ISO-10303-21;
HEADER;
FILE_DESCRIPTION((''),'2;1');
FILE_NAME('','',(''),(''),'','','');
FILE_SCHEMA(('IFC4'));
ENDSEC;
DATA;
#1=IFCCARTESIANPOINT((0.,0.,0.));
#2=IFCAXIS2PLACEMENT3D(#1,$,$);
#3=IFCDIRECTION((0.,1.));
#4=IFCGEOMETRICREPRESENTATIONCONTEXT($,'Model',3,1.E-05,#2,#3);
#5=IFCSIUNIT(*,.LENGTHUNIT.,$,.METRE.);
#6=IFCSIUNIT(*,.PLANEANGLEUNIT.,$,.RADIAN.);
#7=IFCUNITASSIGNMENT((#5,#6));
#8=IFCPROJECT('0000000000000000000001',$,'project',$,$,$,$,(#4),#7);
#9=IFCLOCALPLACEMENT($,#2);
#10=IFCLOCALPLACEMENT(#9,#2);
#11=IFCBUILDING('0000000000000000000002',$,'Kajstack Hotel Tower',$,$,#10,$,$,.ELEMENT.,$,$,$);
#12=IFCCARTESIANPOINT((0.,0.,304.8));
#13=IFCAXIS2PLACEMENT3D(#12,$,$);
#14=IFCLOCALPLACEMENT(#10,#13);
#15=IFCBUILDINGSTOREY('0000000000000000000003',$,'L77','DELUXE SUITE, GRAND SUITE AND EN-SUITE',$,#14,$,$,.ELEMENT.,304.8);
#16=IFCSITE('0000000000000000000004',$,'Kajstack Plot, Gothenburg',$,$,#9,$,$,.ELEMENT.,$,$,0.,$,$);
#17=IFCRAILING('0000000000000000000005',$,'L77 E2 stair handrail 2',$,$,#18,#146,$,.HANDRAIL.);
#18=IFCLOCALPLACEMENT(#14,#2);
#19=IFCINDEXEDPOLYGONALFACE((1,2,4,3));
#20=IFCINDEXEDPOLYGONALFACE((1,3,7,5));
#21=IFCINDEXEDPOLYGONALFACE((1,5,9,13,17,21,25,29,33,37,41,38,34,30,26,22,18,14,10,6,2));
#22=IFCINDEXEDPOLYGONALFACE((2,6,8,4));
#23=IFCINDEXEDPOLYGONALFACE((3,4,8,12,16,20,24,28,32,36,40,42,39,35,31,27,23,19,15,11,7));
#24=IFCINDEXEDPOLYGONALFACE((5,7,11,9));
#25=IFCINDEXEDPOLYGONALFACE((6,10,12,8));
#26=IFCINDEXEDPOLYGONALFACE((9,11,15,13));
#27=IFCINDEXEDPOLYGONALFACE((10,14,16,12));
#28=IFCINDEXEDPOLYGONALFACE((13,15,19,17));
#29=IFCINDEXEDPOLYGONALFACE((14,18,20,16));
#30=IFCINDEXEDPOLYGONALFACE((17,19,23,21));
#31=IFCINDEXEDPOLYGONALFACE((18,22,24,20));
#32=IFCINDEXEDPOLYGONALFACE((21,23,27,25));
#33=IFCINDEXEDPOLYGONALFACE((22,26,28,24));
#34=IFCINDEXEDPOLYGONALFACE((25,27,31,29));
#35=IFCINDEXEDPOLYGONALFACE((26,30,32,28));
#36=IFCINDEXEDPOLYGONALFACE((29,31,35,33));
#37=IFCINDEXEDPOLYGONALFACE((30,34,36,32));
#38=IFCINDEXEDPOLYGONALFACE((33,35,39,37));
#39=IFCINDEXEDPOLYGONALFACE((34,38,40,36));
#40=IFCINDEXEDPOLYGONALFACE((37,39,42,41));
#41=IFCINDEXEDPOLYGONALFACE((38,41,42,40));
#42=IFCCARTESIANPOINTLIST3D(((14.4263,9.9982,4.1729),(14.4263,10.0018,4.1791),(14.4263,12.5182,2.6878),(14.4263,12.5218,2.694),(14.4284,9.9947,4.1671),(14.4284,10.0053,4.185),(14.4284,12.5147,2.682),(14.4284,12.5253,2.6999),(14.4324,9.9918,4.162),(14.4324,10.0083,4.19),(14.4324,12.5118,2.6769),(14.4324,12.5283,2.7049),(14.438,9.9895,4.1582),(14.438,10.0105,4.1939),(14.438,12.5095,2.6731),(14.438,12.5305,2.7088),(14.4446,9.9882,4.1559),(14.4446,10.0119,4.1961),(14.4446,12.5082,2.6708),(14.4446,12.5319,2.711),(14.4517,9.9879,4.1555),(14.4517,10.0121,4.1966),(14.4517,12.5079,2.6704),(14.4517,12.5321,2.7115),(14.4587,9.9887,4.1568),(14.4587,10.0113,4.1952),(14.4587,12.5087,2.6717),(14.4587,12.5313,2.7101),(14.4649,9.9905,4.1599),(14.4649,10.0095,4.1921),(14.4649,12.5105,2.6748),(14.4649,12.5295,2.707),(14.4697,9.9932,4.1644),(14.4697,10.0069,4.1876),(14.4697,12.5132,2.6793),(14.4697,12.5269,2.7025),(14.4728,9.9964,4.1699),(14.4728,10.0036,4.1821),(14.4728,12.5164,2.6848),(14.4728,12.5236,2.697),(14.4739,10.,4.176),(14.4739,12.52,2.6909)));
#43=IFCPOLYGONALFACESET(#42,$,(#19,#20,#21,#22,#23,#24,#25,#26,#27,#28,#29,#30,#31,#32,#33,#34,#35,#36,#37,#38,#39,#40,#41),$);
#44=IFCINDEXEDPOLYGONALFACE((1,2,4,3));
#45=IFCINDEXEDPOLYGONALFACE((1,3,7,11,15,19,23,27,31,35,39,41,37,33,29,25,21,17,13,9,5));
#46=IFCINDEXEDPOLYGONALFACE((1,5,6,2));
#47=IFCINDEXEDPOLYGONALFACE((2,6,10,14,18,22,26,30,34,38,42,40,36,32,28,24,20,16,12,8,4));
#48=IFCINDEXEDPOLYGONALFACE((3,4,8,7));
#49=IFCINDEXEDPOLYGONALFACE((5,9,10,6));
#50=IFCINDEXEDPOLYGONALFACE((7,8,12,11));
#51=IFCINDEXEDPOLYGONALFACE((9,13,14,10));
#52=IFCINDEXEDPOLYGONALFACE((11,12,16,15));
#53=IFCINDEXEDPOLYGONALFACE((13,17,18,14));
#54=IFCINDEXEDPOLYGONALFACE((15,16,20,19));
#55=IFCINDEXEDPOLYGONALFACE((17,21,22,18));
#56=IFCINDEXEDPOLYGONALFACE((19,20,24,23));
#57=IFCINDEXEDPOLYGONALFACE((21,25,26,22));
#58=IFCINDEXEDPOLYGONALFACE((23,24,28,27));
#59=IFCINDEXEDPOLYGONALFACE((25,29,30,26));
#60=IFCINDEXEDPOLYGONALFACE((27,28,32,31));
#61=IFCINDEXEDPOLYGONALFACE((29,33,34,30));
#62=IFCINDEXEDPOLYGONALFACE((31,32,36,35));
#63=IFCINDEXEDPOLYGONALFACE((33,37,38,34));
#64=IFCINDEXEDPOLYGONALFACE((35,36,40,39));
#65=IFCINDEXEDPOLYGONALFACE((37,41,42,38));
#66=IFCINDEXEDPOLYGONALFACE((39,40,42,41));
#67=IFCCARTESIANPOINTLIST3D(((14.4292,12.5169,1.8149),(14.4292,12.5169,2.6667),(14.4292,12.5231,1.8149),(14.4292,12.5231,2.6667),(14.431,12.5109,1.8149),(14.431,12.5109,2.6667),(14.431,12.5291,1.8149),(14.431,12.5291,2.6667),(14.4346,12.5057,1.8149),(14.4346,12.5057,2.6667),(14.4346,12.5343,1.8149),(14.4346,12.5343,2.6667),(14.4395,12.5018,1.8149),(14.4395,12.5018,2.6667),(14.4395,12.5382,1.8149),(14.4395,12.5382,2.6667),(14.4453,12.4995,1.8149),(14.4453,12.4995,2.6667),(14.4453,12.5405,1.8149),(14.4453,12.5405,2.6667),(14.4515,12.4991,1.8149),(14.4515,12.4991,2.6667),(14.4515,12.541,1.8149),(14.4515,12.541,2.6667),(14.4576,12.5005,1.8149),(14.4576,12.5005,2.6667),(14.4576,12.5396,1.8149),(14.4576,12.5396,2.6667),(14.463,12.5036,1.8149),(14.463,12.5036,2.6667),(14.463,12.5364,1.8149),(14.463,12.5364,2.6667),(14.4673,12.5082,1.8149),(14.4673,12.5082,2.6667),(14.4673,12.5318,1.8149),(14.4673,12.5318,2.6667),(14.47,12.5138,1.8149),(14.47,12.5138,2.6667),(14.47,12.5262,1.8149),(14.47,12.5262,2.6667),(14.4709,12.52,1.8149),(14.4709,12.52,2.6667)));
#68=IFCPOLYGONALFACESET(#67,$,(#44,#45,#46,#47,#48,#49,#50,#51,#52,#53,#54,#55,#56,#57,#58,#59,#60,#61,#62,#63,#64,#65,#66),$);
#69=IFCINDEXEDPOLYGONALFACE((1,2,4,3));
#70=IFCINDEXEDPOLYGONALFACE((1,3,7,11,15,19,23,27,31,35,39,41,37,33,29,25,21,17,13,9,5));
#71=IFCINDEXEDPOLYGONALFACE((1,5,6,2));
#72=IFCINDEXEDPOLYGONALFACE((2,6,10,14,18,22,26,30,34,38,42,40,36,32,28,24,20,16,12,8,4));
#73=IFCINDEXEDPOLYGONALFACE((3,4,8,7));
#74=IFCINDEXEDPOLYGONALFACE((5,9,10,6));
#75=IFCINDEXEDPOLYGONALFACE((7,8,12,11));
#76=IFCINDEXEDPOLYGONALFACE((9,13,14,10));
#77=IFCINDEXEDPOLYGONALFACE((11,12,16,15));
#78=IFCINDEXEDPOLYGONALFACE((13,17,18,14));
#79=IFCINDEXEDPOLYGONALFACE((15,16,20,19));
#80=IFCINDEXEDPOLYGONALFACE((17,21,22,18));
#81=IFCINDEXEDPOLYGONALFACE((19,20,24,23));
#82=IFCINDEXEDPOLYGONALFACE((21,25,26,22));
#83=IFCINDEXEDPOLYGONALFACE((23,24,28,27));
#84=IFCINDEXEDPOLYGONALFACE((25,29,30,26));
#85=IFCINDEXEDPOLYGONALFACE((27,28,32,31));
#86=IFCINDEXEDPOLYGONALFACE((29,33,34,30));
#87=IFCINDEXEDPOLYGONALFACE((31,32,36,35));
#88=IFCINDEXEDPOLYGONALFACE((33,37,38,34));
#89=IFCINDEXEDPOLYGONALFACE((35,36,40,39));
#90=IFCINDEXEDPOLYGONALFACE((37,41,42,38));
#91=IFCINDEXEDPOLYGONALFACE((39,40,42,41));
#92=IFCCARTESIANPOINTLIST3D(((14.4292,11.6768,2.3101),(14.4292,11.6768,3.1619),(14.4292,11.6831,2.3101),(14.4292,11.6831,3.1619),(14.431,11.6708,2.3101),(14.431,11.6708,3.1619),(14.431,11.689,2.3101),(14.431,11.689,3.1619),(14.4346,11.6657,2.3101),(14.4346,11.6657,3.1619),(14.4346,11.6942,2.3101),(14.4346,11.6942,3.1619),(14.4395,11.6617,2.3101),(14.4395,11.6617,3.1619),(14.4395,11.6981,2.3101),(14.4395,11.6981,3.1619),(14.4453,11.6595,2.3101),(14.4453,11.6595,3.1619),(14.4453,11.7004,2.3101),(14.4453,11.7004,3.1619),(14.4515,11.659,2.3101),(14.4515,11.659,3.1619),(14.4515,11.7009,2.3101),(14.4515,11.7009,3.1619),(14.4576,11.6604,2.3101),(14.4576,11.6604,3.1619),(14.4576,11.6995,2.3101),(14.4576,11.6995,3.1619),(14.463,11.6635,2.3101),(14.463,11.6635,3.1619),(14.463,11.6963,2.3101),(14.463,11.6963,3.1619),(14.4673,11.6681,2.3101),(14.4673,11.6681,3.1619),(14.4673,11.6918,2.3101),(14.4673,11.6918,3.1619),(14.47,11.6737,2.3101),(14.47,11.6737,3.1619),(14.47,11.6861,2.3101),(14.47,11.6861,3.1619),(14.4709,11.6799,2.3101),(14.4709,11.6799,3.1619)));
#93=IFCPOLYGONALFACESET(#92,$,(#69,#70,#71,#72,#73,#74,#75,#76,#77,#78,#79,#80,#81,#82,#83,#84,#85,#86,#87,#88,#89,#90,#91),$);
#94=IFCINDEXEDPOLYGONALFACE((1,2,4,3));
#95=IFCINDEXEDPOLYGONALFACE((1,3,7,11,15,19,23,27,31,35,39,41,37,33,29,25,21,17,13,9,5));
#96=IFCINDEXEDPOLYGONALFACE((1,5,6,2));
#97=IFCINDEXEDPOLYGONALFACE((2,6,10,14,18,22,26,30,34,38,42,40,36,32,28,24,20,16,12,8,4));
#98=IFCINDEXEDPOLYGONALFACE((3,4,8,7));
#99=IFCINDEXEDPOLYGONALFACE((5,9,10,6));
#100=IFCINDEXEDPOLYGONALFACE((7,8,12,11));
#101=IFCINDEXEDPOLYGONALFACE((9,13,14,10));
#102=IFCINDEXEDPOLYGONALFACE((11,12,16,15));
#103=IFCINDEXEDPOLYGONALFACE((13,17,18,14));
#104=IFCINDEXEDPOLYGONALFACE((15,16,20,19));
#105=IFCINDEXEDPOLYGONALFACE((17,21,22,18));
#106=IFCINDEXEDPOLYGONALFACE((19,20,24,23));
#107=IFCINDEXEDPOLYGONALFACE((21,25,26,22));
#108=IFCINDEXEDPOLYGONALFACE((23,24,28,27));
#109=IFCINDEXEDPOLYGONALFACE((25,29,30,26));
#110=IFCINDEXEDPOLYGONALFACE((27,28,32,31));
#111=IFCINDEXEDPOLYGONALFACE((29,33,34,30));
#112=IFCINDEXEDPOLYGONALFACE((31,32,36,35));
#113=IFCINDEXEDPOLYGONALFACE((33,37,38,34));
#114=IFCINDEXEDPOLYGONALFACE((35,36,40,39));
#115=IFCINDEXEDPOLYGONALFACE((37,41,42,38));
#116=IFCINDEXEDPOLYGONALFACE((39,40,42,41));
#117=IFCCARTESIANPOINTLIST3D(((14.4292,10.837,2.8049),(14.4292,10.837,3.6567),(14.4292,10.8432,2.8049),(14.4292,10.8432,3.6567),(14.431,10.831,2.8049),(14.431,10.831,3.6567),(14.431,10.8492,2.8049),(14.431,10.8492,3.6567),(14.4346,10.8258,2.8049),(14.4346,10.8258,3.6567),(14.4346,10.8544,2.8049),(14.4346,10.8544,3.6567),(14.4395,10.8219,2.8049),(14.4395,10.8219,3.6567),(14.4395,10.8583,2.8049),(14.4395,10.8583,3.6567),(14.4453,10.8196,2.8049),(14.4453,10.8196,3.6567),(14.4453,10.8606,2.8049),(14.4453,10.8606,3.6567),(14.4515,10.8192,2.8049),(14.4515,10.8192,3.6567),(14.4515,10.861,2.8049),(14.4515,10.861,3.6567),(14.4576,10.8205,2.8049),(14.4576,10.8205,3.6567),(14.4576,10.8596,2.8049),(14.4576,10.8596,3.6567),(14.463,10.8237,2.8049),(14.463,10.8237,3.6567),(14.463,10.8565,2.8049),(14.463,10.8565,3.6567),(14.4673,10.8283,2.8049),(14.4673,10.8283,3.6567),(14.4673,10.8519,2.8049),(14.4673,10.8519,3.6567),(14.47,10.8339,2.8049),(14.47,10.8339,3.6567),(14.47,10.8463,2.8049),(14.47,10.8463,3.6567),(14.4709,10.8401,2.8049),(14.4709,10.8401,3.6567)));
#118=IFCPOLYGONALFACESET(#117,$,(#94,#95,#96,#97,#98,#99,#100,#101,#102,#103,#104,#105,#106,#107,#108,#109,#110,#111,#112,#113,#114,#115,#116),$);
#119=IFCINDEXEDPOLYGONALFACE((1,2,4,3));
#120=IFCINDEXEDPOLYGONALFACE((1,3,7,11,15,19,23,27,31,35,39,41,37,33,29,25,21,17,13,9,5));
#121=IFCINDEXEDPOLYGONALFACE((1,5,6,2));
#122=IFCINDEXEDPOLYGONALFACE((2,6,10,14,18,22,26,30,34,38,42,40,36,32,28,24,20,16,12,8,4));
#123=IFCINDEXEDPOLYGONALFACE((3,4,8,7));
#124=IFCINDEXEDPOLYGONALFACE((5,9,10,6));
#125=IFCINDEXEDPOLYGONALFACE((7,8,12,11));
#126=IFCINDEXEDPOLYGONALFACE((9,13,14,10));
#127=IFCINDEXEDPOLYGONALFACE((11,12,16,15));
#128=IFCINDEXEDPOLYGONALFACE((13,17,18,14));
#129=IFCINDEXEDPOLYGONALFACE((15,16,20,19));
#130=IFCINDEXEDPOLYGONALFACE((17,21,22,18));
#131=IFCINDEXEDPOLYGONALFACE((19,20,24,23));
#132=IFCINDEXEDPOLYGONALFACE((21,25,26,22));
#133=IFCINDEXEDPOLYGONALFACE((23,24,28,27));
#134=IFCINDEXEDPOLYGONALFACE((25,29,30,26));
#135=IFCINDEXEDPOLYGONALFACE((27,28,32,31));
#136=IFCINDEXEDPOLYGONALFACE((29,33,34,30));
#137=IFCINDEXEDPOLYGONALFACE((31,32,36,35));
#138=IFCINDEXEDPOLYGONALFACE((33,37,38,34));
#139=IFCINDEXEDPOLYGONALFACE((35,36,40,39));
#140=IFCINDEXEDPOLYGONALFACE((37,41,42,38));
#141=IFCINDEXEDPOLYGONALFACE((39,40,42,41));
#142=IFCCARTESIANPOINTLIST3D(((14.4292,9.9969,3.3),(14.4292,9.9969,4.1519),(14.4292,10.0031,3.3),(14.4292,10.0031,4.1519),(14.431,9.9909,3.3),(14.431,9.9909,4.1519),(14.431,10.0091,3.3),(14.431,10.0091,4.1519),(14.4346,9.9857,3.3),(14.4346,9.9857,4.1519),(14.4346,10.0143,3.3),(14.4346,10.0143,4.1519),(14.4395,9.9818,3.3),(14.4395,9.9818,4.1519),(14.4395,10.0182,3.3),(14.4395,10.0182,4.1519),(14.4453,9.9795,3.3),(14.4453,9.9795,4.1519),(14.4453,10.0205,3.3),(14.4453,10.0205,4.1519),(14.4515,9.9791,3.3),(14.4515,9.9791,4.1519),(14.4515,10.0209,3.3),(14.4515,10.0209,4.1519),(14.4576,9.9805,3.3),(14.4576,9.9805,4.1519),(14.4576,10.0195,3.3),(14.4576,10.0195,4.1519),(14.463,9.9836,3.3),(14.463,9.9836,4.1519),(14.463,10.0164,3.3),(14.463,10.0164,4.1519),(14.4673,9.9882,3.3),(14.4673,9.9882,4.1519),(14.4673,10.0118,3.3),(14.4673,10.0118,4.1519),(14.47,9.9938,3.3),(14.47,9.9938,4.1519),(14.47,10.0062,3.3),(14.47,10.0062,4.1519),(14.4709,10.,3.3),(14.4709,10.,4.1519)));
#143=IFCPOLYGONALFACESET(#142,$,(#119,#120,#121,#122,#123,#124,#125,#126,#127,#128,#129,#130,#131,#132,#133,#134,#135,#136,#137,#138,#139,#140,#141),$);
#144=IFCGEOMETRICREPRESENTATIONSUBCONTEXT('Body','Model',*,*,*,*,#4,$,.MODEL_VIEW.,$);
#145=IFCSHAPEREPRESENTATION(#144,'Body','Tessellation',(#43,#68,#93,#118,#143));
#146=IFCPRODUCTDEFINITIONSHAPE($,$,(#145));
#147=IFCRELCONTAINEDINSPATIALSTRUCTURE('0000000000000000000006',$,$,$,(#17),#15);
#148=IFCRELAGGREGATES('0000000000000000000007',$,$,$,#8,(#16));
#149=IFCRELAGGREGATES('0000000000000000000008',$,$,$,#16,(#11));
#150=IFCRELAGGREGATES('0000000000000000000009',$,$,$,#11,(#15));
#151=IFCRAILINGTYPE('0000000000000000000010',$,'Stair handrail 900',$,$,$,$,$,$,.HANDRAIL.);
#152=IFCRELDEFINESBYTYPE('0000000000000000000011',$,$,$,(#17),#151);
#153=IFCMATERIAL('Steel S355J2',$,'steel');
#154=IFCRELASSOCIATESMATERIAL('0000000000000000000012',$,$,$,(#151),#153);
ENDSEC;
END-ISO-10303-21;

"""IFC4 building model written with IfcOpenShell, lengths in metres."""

from ifc_helpers import new_model, si_unit, direction, frame, origin, origin_2d, place, context, subcontext, project, spatial, circle, extrude, material, type_object, element, save


model = new_model("IFC4")

# Units and contexts
model_context = context("Model", 3, precision=1e-05, world=origin(), true_north=direction((0.0, 1.0)))
body_context = subcontext(model_context, "Body", "Model", "MODEL_VIEW")
ifc_project = project(units=[si_unit("LENGTHUNIT", "METRE"), si_unit("PLANEANGLEUNIT", "RADIAN")], contexts=[model_context])

# Site, building, storey
site_placement = place(None, origin())
site = spatial("IfcSite", under=ifc_project, at=site_placement, Name="Kajstack Plot, Gothenburg", CompositionType="ELEMENT", RefElevation=0.0)
building_placement = place(site_placement, origin())
building = spatial("IfcBuilding", under=site, at=building_placement, Name="Kajstack Hotel Tower", CompositionType="ELEMENT")
storey_placement = place(building_placement, frame((0.0, 0.0, 304.8)))
storey = spatial("IfcBuildingStorey", under=building, at=storey_placement, Name="L77", Description="DELUXE SUITE, GRAND SUITE AND EN-SUITE", CompositionType="ELEMENT", Elevation=304.8)

# Railing
ifc_material_1 = material(Name="Steel S355J2", Category="steel")
railing_type_1 = type_object("IfcRailingType", Name="Stair handrail 900", PredefinedType="HANDRAIL", material=ifc_material_1)
railing_1_placement = place(storey_placement, frame((14.45, 12.52, 1.8149)))
element("IfcRailing", 1, at=railing_1_placement, inside=storey, type_object=railing_type_1, Name="L77 E2 stair handrail 2", PredefinedType="HANDRAIL", context=body_context, shape_type="SweptSolid", body=[
    extrude(circle(Radius=0.0239, at=origin_2d()), frame((0.0, 0.0, 0.876), z_axis=(0.0, -0.861524, 0.507717), x_axis=(1.0, 0.0, 0.0)), (0.0, 0.0, 1.0), 2.925),
    extrude(circle(Radius=0.021, at=origin_2d()), origin(), (0.0, 0.0, 1.0), 0.8518),
    extrude(circle(Radius=0.021, at=origin_2d()), frame((0.0, -0.8401, 0.4951)), (0.0, 0.0, 1.0), 0.8518),
    extrude(circle(Radius=0.021, at=origin_2d()), frame((0.0, -1.6799, 0.99)), (0.0, 0.0, 1.0), 0.8518),
    extrude(circle(Radius=0.021, at=origin_2d()), frame((0.0, -2.52, 1.4851)), (0.0, 0.0, 1.0), 0.8518),
])

save(model, "model.ifc")
